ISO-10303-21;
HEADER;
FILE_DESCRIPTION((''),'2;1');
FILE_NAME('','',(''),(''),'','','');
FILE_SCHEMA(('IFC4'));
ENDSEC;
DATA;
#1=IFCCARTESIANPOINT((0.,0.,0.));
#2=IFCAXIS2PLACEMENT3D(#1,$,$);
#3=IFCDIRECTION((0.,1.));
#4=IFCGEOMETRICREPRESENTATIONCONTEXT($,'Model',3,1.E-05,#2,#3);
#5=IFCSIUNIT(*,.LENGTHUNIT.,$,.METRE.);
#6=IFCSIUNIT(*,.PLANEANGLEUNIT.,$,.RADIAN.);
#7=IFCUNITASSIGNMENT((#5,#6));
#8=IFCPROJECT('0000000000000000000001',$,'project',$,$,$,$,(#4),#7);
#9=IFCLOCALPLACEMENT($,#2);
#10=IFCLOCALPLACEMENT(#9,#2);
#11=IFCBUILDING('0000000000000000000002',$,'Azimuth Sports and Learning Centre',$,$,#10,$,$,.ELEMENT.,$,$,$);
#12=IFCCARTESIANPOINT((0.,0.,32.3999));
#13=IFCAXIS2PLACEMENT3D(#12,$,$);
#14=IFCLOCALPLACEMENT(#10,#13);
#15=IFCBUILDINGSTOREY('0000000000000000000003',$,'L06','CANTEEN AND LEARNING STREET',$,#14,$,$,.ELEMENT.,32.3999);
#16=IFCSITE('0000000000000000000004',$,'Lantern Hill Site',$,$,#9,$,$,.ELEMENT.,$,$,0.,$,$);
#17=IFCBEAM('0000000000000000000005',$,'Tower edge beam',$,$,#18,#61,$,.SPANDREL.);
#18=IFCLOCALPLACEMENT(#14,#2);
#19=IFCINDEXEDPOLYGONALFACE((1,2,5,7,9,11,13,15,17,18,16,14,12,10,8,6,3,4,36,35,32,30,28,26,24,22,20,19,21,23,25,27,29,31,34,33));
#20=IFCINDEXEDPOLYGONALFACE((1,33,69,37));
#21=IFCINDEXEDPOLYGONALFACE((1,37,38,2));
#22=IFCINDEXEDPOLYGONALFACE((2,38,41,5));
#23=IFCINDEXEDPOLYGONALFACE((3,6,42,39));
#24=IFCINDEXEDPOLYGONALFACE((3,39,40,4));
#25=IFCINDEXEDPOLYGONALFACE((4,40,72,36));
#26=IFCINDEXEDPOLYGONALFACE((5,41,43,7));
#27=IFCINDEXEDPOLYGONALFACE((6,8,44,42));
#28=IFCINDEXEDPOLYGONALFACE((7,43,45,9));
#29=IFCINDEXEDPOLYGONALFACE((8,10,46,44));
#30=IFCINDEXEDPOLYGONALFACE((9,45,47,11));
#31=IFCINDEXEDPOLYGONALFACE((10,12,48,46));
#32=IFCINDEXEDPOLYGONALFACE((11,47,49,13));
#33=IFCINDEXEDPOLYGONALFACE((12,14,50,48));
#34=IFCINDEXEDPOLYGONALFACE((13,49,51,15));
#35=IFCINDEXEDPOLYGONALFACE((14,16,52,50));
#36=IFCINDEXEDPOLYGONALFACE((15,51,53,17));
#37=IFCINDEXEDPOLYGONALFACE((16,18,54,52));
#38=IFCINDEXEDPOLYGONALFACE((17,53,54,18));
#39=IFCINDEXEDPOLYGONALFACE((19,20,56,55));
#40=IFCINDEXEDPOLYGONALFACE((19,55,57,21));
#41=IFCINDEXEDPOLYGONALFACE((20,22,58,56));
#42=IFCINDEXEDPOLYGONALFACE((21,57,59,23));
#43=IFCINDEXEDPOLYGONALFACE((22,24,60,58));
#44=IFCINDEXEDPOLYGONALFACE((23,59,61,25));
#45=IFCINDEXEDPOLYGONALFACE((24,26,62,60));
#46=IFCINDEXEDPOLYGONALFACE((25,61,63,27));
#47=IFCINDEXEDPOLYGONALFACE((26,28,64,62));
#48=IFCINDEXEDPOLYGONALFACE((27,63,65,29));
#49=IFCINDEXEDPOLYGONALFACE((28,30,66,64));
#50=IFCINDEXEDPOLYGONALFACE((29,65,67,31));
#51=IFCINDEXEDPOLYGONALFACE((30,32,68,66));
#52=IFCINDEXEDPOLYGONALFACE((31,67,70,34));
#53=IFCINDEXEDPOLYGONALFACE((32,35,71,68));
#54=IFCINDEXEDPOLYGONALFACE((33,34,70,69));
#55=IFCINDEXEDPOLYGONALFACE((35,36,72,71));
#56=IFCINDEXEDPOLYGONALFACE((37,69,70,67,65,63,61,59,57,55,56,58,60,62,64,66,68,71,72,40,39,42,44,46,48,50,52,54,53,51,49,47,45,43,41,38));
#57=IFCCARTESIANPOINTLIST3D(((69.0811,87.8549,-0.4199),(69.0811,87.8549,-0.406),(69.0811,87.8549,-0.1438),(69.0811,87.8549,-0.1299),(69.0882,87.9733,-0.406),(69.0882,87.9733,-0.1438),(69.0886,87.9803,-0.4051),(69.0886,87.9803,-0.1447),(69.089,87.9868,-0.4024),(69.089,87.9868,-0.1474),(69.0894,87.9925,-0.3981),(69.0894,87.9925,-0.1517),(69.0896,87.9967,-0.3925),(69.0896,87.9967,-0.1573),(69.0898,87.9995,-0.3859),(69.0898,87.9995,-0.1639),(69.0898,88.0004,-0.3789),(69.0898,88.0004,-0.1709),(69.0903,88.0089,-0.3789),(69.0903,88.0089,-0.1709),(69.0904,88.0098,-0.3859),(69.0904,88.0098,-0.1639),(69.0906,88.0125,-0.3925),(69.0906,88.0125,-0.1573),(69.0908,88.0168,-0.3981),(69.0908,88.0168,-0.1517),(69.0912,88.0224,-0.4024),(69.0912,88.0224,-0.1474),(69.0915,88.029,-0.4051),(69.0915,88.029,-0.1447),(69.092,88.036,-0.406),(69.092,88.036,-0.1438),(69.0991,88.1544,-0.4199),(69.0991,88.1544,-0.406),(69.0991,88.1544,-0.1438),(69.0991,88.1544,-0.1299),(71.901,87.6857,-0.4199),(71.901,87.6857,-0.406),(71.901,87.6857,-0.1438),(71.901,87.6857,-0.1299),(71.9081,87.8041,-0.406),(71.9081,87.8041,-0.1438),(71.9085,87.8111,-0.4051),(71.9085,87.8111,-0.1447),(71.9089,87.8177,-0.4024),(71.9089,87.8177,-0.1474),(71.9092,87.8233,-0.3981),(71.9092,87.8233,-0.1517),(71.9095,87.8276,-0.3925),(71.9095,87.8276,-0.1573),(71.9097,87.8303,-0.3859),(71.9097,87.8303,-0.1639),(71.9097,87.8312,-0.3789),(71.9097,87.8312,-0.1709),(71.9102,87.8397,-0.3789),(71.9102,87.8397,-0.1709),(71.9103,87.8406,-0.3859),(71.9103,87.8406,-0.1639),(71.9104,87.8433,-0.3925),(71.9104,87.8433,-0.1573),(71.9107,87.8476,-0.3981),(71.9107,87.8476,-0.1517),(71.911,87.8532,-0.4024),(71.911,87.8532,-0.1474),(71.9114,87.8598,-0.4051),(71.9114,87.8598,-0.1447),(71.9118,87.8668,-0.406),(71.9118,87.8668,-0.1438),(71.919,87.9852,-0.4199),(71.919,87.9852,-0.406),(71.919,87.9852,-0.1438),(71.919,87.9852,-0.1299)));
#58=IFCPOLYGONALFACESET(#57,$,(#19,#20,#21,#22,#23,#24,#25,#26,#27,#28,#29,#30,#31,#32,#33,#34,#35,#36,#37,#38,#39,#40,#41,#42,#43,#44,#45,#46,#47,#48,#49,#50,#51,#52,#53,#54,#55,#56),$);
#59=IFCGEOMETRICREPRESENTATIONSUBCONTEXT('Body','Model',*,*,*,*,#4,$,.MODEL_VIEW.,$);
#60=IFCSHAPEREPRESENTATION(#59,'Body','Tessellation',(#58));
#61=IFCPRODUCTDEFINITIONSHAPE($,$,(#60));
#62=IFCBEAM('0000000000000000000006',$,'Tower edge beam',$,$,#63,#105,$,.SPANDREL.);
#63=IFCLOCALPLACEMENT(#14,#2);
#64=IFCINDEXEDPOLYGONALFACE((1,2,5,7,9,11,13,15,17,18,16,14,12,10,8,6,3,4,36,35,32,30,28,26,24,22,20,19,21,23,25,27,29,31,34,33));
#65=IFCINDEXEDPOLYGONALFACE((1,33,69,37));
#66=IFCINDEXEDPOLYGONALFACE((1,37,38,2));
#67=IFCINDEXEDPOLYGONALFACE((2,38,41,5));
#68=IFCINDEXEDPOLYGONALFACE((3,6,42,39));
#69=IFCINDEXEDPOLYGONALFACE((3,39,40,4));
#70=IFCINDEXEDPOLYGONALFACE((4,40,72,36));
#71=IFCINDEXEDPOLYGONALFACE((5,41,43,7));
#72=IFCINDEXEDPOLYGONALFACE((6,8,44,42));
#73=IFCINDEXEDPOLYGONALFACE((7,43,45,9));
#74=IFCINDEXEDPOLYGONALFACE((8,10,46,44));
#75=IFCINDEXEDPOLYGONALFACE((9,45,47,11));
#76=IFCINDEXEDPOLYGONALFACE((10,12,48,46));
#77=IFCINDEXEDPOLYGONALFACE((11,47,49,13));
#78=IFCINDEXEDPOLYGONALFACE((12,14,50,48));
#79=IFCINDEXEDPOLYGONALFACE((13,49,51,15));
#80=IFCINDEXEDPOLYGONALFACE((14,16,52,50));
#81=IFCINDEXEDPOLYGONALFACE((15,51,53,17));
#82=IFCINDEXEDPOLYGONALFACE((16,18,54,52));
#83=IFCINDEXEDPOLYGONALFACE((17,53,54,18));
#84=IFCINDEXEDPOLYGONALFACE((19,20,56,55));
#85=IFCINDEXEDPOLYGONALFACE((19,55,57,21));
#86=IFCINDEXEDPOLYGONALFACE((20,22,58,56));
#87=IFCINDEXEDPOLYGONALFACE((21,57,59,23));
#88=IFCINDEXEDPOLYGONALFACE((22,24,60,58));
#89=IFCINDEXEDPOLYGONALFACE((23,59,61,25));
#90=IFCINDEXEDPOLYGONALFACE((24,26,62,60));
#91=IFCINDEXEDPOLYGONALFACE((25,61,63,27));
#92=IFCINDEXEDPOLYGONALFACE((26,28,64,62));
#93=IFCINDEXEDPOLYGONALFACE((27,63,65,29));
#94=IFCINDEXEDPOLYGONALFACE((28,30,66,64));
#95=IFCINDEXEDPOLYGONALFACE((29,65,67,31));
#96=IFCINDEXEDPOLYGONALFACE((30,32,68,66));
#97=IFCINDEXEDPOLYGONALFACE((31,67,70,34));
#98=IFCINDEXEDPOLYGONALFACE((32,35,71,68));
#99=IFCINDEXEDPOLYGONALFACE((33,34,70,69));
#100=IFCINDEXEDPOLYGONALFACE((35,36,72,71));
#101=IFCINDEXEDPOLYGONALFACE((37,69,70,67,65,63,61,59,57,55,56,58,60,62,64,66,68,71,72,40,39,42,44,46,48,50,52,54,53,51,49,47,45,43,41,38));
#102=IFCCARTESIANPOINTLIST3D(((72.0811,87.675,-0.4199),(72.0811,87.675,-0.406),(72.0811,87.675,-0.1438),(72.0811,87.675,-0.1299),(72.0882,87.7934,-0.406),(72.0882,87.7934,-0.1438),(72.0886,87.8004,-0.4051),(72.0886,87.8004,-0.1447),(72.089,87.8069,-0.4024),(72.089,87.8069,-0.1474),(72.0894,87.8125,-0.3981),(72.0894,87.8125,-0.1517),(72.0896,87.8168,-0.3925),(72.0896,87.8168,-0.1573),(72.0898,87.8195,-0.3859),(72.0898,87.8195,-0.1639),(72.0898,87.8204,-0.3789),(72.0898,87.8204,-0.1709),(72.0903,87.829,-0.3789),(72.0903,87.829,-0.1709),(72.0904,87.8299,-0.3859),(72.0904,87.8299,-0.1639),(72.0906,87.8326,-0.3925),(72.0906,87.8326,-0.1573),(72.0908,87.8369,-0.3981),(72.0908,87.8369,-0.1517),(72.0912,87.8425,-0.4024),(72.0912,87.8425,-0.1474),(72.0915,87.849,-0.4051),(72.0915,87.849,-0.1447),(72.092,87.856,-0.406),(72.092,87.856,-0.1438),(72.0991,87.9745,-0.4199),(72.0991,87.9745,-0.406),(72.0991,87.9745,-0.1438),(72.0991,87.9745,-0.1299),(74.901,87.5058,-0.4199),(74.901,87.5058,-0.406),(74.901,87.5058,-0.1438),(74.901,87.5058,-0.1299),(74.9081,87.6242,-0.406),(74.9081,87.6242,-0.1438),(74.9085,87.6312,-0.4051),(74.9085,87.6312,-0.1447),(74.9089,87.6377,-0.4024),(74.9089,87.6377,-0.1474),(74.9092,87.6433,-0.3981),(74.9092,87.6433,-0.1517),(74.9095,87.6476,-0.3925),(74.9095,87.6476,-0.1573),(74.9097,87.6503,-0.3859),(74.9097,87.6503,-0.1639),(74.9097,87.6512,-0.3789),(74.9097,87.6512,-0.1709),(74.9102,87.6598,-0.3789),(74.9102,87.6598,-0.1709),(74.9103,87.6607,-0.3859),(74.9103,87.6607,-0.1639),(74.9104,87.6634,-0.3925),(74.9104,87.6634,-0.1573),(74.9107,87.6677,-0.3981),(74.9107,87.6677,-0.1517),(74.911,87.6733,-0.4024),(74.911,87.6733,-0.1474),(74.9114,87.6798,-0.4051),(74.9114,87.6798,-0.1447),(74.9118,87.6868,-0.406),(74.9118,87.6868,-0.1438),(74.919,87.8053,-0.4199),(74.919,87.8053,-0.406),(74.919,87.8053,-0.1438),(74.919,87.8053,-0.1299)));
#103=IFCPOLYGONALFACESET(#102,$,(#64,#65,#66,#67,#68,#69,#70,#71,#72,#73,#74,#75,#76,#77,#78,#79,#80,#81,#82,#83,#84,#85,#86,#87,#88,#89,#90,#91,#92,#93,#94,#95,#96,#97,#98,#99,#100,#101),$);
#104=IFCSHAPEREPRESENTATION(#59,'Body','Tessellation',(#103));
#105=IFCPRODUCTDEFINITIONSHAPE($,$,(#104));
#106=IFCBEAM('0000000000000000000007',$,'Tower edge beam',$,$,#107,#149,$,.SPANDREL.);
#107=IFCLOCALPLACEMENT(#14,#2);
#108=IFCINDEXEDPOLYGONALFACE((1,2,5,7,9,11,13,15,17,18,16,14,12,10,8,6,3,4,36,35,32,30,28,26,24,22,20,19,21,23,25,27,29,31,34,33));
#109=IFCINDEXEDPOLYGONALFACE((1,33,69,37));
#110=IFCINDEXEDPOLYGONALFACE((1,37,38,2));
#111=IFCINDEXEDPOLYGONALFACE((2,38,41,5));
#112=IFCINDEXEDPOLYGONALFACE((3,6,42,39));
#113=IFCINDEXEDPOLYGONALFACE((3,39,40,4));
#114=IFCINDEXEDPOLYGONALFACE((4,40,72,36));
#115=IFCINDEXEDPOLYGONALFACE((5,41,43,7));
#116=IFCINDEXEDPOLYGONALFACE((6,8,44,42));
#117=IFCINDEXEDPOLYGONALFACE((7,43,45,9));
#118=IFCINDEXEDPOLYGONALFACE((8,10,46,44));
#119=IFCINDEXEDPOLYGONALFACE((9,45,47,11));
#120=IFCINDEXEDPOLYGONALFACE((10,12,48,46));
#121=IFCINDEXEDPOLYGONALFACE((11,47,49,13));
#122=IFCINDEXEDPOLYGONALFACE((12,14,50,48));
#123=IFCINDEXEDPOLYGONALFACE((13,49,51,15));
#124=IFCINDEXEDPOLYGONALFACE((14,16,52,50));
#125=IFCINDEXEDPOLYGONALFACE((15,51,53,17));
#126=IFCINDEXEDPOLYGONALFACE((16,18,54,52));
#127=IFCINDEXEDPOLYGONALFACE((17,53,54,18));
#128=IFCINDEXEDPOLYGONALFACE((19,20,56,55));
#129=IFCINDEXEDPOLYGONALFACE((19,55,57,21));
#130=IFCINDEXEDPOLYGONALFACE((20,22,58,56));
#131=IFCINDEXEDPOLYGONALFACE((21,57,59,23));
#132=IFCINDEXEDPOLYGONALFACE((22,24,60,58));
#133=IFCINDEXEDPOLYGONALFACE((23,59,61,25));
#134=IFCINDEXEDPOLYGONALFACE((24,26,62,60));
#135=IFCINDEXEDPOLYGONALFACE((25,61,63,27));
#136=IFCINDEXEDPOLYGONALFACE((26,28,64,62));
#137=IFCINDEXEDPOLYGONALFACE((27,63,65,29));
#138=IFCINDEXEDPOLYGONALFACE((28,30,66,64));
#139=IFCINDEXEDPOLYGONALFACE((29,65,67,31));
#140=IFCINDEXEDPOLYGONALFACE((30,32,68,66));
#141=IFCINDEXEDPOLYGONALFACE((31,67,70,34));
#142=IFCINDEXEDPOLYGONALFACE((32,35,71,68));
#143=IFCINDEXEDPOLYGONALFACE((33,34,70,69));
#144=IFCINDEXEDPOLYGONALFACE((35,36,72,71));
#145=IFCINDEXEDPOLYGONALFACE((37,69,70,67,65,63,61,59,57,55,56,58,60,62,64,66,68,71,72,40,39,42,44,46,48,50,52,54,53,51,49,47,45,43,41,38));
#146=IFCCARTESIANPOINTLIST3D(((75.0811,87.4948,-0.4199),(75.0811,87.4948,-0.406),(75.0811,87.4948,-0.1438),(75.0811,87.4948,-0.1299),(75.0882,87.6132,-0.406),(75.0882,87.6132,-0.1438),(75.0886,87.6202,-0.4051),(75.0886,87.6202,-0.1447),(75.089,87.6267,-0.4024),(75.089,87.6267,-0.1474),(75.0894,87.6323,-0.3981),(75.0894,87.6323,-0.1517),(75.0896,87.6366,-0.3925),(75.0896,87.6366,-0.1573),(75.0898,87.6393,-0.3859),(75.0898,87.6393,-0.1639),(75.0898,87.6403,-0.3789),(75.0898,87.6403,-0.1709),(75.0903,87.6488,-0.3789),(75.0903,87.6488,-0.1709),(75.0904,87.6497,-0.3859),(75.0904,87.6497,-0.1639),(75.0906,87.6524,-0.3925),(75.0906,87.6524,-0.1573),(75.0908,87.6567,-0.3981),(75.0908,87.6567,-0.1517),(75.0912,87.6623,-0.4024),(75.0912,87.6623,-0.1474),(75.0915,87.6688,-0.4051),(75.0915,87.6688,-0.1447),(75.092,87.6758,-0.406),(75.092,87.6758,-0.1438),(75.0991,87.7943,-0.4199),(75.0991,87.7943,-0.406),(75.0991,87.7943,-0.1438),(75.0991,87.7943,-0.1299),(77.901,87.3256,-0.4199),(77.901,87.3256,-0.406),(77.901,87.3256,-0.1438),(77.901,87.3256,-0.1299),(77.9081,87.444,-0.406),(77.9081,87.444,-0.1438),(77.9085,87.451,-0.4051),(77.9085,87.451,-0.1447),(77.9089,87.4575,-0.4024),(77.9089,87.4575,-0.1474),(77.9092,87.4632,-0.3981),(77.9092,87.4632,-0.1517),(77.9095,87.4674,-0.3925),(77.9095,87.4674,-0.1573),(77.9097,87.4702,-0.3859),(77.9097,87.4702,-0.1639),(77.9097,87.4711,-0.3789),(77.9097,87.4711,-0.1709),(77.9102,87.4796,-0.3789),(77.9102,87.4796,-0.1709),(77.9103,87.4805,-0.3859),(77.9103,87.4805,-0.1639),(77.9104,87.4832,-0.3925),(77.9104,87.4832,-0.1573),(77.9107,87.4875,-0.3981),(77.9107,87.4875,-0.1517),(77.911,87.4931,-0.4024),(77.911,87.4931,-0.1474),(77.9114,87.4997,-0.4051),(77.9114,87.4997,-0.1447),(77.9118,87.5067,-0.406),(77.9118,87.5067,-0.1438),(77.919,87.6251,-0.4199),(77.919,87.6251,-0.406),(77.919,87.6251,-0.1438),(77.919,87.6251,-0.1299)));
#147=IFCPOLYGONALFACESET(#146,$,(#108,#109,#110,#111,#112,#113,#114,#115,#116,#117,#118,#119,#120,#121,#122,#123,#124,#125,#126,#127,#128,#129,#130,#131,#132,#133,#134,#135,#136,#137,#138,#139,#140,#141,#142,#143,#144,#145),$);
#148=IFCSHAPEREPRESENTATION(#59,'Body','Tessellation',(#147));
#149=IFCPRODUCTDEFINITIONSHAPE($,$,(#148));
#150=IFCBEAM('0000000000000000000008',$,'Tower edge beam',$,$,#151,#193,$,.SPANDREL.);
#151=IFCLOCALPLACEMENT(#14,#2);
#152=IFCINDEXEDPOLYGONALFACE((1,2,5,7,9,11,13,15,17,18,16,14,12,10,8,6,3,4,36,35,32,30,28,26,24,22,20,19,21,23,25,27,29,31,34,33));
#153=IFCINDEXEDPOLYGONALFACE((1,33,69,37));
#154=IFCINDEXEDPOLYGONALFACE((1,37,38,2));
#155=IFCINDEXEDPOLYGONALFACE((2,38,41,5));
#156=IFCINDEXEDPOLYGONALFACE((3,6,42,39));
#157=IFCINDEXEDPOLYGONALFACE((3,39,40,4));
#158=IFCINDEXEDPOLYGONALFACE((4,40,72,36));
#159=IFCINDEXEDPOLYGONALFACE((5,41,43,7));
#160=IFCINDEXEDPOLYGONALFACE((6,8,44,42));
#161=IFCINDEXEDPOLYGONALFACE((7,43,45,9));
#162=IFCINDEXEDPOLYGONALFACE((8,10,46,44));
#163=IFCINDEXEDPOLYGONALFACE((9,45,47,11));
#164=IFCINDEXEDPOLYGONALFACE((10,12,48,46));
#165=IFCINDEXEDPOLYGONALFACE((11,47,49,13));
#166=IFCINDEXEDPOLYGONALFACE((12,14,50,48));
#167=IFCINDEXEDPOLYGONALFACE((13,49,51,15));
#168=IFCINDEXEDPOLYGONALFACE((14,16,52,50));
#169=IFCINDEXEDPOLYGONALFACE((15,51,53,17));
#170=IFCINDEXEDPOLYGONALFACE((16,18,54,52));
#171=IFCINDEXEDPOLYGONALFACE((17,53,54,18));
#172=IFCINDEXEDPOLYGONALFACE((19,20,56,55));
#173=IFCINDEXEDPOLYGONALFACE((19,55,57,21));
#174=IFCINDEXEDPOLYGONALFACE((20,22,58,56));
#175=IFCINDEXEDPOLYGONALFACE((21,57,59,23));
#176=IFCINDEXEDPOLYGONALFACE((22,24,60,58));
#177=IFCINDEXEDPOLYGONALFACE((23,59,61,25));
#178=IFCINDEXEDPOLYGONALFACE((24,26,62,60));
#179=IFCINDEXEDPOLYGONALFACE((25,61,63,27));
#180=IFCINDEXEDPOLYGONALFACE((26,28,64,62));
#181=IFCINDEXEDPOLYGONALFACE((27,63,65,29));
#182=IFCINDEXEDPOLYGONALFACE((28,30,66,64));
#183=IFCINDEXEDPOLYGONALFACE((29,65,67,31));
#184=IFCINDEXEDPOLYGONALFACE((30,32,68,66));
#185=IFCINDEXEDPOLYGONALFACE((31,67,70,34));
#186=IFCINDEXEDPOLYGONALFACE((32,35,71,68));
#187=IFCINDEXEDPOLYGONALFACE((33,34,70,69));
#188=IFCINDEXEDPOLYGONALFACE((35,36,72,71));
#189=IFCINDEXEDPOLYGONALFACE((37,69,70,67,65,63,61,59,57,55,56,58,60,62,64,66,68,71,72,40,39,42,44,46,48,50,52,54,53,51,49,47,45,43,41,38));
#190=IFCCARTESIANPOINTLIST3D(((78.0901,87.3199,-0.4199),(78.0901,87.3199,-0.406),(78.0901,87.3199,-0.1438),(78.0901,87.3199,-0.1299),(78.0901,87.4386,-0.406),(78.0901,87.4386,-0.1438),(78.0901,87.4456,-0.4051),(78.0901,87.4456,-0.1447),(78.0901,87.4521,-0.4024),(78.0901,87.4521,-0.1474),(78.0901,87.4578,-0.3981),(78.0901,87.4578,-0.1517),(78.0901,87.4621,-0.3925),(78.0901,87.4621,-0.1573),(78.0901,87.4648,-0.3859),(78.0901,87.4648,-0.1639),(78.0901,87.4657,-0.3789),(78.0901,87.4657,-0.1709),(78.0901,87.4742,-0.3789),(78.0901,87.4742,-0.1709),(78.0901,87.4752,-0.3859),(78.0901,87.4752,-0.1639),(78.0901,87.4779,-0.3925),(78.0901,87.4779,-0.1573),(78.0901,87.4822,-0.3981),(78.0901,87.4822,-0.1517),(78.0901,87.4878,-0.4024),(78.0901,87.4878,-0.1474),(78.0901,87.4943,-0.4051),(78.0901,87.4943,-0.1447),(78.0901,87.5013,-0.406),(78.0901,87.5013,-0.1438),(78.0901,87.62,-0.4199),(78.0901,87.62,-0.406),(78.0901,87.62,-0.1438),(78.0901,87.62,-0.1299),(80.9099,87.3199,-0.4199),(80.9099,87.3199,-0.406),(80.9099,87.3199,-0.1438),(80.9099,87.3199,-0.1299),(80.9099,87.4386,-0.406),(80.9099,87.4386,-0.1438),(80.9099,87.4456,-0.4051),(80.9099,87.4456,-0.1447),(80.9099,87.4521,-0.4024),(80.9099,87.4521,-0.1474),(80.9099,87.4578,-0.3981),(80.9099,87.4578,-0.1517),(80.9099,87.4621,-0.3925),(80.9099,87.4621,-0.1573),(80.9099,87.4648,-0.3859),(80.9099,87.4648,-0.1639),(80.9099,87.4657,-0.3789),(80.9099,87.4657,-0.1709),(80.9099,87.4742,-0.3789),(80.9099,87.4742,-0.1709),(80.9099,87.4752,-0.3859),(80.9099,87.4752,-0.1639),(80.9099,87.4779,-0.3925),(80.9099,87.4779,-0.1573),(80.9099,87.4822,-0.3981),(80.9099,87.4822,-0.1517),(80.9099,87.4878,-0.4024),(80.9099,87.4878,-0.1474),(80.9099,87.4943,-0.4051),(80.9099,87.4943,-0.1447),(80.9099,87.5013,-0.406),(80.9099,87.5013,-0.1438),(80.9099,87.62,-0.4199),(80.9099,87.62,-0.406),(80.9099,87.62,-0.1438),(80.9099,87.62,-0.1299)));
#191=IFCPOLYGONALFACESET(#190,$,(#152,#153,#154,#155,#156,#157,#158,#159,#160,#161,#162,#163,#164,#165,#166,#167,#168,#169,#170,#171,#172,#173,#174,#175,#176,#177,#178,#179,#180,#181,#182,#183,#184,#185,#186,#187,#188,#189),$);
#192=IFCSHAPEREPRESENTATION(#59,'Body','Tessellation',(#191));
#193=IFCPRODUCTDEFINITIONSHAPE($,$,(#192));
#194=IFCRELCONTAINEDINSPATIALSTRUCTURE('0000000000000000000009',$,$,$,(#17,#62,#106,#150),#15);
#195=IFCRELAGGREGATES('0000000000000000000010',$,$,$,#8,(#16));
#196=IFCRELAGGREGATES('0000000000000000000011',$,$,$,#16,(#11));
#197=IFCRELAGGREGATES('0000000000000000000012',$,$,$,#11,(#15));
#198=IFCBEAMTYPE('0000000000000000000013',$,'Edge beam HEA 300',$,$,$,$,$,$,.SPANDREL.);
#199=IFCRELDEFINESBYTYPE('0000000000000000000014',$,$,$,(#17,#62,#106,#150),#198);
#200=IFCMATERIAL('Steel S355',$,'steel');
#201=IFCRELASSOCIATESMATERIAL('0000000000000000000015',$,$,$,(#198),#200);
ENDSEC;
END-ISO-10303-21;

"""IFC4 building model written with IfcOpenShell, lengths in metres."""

from ifc_helpers import new_model, si_unit, direction, frame, origin, origin_2d, place, context, subcontext, project, spatial, i_section, extrude, material, material_profile, profile_set, type_object, element, save


model = new_model("IFC4")

# Units and contexts
model_context = context("Model", 3, precision=1e-05, world=origin(), true_north=direction((0.0, 1.0)))
body_context = subcontext(model_context, "Body", "Model", "MODEL_VIEW")
ifc_project = project(units=[si_unit("LENGTHUNIT", "METRE"), si_unit("PLANEANGLEUNIT", "RADIAN")], contexts=[model_context])

# Site, building, storey
site_placement = place(None, origin())
site = spatial("IfcSite", under=ifc_project, at=site_placement, Name="Lantern Hill Site", CompositionType="ELEMENT", RefElevation=0.0)
building_placement = place(site_placement, origin())
building = spatial("IfcBuilding", under=site, at=building_placement, Name="Azimuth Sports and Learning Centre", CompositionType="ELEMENT")
storey_placement = place(building_placement, frame((0.0, 0.0, 32.3999)))
storey = spatial("IfcBuildingStorey", under=building, at=storey_placement, Name="L06", Description="CANTEEN AND LEARNING STREET", CompositionType="ELEMENT", Elevation=32.3999)

# Beams
ifc_material_1 = material(Name="Steel S355", Category="steel")
ifc_material_profile_1 = material_profile(ifc_material_1, i_section(OverallWidth=0.3, OverallDepth=0.29, WebThickness=0.0085, FlangeThickness=0.0139, FilletRadius=0.0271, at=origin_2d()), Name="HEA 300")
ifc_profile_set_1 = profile_set([ifc_material_profile_1], Name="Steel S355")
beam_type = type_object("IfcBeamType", Name="Edge beam HEA 300", PredefinedType="SPANDREL", material=ifc_profile_set_1)
for number, where, z_axis, x_axis, name in (
    (1, (69.0901, 88.0046, -0.2749), (0.998205, -0.059892, 0.0), (0.059892, 0.998205, 0.0), "Tower edge beam"),
    (2, (72.0901, 87.8247, -0.2749), (0.998205, -0.059892, 0.0), (0.059892, 0.998205, 0.0), "Tower edge beam"),
    (3, (75.0901, 87.6445, -0.2749), (0.998205, -0.059892, 0.0), (0.059892, 0.998205, 0.0), "Tower edge beam"),
):
    element("IfcBeam", number, at=place(storey_placement, frame(where, z_axis=z_axis, x_axis=x_axis)), inside=storey, type_object=beam_type, Name=name, PredefinedType="SPANDREL", context=body_context, shape_type="SweptSolid", body=[
        extrude(i_section(OverallWidth=0.3, OverallDepth=0.29, WebThickness=0.0085, FlangeThickness=0.0139, FilletRadius=0.0271, at=origin_2d()), origin(), (0.0, 0.0, 1.0), 2.825),
    ])
for number, where, z_axis, x_axis, name in (
    (4, (78.0901, 87.47, -0.2749), (1.0, 0.0, 0.0), (0.0, 1.0, 0.0), "Tower edge beam"),
):
    element("IfcBeam", number, at=place(storey_placement, frame(where, z_axis=z_axis, x_axis=x_axis)), inside=storey, type_object=beam_type, Name=name, PredefinedType="SPANDREL", context=body_context, shape_type="SweptSolid", body=[
        extrude(i_section(OverallWidth=0.3, OverallDepth=0.29, WebThickness=0.0085, FlangeThickness=0.0139, FilletRadius=0.0271, at=origin_2d()), origin(), (0.0, 0.0, 1.0), 2.8198),
    ])

save(model, "model.ifc")
